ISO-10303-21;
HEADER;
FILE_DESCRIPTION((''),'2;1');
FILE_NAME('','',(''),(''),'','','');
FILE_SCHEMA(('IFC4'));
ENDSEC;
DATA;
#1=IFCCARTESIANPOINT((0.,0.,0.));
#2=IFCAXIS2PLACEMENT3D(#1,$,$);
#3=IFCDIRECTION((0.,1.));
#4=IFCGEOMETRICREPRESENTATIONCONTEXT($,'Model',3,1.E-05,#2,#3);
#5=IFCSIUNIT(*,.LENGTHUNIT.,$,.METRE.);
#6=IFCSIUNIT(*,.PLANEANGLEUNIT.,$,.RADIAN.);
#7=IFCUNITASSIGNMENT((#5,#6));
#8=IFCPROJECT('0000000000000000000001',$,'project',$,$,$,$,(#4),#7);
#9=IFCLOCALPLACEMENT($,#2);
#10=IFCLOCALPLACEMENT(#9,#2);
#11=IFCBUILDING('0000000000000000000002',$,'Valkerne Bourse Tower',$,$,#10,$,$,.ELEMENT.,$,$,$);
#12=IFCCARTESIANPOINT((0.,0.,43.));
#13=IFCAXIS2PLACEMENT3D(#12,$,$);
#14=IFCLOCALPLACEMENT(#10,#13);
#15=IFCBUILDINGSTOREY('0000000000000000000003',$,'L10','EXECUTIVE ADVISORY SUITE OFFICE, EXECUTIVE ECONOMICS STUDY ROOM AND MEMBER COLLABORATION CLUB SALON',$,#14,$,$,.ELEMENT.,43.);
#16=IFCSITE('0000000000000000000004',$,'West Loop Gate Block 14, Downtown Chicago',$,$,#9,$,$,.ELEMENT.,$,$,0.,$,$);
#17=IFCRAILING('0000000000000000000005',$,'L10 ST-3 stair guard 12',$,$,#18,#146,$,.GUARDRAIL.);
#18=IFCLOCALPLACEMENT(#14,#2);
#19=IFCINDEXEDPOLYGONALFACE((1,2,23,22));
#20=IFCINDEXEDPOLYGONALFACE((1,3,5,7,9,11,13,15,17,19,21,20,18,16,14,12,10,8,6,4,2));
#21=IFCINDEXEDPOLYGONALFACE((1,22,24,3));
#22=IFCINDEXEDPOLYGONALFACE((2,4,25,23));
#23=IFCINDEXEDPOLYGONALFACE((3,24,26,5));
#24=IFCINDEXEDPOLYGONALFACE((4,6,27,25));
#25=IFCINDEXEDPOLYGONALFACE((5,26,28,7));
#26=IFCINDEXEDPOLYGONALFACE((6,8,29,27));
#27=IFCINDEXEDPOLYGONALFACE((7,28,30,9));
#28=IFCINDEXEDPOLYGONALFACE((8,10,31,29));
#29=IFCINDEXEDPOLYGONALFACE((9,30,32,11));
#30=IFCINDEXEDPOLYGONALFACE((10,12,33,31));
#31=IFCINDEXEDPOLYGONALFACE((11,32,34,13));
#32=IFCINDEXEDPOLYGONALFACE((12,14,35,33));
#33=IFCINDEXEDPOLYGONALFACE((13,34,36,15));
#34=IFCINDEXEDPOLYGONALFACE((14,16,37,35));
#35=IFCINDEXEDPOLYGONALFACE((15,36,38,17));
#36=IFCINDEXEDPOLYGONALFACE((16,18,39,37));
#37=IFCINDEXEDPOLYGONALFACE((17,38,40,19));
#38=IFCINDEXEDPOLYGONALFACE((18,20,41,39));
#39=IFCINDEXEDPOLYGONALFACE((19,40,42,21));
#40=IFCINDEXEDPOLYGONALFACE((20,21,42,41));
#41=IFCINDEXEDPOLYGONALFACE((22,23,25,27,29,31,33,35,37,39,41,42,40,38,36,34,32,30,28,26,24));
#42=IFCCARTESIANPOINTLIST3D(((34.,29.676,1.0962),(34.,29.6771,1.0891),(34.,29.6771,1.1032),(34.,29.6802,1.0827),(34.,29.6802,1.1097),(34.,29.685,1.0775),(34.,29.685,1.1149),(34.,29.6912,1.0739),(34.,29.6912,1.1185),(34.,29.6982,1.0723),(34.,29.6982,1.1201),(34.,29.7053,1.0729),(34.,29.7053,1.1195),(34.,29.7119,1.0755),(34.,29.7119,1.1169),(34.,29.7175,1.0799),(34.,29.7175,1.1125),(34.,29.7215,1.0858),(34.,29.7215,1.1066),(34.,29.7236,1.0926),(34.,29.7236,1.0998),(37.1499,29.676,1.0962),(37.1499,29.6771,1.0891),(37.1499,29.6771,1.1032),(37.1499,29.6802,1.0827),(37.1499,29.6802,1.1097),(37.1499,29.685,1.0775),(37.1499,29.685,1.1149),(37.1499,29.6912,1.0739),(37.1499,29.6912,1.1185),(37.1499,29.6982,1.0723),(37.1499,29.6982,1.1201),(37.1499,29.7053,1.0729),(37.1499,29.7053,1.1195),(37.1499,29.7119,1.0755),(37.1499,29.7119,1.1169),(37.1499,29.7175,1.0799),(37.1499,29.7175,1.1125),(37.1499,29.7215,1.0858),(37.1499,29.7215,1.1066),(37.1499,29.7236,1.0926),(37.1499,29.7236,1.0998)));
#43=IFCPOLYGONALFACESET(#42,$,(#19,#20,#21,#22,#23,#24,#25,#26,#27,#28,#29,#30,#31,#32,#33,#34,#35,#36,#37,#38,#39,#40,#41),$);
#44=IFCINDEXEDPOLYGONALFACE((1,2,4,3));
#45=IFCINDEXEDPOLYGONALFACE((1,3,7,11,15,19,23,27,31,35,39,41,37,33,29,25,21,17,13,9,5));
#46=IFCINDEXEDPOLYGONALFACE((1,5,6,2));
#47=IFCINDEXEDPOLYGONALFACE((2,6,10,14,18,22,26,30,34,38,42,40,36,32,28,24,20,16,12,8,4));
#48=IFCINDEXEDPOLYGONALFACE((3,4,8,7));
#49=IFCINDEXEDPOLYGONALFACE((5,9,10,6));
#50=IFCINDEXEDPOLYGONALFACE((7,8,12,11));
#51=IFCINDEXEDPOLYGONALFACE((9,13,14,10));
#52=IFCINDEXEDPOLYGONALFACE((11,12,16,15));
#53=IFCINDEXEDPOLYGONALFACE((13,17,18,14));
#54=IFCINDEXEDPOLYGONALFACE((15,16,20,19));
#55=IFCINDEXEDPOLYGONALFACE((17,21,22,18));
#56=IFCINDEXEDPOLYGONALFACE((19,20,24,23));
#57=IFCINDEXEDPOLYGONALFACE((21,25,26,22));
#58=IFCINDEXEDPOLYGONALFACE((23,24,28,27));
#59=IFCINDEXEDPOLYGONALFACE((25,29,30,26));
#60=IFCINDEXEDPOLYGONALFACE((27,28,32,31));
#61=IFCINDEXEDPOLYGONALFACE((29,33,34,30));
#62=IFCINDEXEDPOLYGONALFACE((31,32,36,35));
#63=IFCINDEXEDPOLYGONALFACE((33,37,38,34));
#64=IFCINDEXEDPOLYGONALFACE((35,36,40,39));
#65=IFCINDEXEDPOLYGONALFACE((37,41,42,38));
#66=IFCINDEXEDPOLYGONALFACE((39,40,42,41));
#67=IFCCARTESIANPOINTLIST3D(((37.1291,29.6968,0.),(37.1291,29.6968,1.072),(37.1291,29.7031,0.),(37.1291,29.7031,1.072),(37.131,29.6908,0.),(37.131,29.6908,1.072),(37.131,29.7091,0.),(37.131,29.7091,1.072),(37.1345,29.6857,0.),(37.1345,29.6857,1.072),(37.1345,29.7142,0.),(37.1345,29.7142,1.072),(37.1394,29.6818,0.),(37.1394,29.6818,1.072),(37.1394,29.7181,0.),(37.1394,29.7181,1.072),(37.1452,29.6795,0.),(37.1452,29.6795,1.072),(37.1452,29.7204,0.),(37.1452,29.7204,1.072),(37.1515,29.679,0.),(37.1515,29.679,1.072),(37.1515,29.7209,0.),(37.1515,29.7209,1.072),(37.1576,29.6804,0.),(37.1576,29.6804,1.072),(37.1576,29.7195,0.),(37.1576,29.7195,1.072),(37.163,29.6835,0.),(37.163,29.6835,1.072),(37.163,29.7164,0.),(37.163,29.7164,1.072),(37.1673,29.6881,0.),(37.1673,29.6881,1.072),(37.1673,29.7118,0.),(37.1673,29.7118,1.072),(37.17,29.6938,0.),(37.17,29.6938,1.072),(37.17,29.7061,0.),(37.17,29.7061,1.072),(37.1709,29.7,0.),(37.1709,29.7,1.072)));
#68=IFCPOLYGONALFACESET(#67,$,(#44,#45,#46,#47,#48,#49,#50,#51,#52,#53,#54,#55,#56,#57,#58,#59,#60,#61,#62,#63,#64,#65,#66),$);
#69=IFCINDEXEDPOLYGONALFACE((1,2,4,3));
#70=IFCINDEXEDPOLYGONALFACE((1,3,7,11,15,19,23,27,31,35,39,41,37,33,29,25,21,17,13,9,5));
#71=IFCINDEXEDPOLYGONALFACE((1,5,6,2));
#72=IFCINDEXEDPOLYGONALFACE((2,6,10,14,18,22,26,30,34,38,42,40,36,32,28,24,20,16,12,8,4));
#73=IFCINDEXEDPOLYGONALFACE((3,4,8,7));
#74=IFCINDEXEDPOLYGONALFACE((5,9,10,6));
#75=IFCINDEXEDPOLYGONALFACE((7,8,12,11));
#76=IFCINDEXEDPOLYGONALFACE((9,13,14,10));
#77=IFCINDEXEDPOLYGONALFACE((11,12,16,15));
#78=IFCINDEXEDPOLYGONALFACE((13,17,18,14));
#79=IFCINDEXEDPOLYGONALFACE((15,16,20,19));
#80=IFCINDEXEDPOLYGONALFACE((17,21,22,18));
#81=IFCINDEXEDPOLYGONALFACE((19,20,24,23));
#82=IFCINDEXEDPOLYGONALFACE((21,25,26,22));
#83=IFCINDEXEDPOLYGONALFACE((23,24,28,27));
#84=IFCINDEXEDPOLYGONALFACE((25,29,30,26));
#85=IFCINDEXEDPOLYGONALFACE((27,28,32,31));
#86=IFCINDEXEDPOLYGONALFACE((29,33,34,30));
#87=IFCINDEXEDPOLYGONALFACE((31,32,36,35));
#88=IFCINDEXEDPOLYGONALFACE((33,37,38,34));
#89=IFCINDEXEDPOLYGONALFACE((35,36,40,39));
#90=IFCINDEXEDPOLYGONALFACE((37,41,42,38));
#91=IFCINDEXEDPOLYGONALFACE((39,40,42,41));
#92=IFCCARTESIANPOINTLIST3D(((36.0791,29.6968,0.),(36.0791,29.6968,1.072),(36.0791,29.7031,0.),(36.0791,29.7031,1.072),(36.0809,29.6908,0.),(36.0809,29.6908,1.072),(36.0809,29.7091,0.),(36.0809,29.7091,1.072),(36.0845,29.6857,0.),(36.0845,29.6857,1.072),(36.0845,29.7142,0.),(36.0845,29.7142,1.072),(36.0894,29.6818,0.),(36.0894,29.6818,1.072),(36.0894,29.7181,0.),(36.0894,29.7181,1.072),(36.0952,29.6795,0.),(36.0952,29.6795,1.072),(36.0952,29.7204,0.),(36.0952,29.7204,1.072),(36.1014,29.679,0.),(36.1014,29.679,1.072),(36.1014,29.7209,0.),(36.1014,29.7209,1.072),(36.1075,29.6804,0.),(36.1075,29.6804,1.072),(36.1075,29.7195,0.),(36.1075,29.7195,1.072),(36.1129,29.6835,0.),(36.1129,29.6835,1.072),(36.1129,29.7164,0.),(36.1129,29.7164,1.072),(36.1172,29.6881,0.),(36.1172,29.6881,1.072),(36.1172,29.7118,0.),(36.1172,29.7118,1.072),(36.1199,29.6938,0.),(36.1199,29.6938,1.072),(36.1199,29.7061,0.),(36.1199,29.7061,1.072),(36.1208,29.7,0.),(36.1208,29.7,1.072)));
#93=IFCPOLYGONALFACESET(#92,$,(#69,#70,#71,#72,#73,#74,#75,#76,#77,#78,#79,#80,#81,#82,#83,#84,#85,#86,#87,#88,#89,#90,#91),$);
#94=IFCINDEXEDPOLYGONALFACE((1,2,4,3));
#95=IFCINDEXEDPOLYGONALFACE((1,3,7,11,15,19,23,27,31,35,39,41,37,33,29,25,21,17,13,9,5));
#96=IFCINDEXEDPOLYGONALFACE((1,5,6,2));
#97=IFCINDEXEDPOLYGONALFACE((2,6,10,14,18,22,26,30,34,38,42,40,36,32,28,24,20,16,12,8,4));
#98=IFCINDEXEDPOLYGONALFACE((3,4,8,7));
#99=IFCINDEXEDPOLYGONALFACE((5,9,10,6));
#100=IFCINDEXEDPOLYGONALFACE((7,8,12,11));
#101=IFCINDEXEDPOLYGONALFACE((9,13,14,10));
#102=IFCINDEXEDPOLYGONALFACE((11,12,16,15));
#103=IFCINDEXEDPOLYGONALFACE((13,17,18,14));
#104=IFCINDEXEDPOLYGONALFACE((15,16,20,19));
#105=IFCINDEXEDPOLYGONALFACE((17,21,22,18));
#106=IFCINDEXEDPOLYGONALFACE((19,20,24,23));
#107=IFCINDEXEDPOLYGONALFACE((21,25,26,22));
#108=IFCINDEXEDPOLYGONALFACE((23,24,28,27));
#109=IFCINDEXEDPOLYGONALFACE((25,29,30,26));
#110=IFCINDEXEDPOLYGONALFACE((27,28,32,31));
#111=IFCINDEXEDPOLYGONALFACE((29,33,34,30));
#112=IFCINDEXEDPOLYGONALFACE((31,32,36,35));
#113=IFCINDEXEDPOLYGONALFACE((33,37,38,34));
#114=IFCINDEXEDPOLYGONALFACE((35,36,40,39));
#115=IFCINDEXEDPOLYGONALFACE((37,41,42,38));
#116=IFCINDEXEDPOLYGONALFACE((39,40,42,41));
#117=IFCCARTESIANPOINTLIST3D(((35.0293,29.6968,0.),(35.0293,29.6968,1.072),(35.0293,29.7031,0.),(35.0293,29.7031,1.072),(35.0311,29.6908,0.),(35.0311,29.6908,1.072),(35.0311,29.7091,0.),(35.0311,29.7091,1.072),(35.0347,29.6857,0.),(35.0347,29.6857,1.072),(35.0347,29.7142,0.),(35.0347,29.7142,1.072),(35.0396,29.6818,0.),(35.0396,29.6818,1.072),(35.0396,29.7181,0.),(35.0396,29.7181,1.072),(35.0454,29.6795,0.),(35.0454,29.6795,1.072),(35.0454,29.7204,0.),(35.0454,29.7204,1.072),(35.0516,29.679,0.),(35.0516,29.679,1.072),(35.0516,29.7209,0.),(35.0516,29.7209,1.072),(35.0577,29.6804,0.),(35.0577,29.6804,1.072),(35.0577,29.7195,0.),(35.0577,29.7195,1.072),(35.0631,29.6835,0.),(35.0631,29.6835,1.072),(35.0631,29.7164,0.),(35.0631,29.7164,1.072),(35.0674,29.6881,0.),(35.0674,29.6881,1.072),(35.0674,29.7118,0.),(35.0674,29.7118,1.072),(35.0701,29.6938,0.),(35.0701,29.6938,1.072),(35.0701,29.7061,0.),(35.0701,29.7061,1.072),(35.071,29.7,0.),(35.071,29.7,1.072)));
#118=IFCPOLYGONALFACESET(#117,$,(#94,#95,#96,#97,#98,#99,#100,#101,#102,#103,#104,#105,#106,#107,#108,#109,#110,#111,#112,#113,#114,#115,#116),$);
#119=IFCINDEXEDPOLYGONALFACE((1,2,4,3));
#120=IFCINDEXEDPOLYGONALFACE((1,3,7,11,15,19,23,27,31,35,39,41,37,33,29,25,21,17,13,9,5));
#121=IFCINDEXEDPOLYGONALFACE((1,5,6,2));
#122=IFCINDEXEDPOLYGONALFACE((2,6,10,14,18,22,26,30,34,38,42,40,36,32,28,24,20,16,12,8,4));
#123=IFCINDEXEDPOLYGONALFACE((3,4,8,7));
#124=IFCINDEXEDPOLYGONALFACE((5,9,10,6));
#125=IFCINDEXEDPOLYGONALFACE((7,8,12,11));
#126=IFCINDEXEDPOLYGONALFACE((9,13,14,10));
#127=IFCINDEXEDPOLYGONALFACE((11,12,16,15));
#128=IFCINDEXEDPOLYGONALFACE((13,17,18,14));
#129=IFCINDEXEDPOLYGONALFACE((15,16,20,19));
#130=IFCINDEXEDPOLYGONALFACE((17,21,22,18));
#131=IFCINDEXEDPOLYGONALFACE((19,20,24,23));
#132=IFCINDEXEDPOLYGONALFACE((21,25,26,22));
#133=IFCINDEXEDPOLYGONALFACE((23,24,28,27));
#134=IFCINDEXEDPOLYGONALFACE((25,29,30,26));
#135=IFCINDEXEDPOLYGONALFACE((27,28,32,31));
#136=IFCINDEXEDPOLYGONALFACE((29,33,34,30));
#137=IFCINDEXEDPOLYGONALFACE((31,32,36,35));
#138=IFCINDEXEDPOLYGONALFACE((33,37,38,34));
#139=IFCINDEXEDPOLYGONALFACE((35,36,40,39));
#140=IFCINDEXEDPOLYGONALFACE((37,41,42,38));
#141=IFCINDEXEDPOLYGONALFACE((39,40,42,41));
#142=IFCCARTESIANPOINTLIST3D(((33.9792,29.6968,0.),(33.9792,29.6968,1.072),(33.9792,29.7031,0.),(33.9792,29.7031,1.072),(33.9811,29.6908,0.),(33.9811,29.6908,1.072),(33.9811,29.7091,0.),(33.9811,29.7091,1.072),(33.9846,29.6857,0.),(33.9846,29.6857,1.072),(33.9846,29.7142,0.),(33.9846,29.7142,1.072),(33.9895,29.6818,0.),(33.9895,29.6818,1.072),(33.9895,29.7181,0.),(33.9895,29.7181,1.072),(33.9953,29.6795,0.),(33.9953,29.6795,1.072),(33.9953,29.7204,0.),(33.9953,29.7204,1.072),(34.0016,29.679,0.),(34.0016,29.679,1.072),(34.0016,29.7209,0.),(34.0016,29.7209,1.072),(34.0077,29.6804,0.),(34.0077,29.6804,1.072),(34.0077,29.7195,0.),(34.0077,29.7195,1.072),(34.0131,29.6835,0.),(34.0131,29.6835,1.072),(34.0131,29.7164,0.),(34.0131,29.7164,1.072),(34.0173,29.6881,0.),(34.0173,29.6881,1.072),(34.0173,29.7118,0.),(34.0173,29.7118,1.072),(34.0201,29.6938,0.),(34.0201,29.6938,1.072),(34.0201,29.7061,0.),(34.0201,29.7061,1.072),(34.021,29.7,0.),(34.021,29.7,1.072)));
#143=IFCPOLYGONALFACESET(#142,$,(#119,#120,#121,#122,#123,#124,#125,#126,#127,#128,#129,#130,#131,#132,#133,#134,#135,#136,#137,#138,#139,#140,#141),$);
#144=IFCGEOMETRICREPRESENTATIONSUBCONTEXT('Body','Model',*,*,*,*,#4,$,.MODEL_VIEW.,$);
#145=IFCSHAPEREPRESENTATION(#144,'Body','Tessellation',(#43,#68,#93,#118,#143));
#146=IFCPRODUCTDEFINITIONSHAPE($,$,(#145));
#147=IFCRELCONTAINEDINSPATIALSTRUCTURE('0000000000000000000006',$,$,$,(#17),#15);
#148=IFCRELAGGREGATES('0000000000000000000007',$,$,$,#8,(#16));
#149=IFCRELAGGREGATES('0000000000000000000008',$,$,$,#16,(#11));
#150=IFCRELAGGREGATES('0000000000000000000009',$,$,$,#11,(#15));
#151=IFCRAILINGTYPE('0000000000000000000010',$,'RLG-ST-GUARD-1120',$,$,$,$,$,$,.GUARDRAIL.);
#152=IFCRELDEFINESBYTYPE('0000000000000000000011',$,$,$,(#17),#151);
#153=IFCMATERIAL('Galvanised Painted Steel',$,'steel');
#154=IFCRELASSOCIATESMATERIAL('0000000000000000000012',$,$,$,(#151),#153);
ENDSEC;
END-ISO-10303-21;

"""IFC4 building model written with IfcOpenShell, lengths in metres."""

from ifc_helpers import new_model, si_unit, direction, frame, origin, origin_2d, place, context, subcontext, project, spatial, circle, extrude, material, type_object, element, save


model = new_model("IFC4")

# Units and contexts
model_context = context("Model", 3, precision=1e-05, world=origin(), true_north=direction((0.0, 1.0)))
body_context = subcontext(model_context, "Body", "Model", "MODEL_VIEW")
ifc_project = project(units=[si_unit("LENGTHUNIT", "METRE"), si_unit("PLANEANGLEUNIT", "RADIAN")], contexts=[model_context])

# Site, building, storey
site_placement = place(None, origin())
site = spatial("IfcSite", under=ifc_project, at=site_placement, Name="West Loop Gate Block 14, Downtown Chicago", CompositionType="ELEMENT", RefElevation=0.0)
building_placement = place(site_placement, origin())
building = spatial("IfcBuilding", under=site, at=building_placement, Name="Valkerne Bourse Tower", CompositionType="ELEMENT")
storey_placement = place(building_placement, frame((0.0, 0.0, 43.0)))
storey = spatial("IfcBuildingStorey", under=building, at=storey_placement, Name="L10", Description="EXECUTIVE ADVISORY SUITE OFFICE, EXECUTIVE ECONOMICS STUDY ROOM AND MEMBER COLLABORATION CLUB SALON", CompositionType="ELEMENT", Elevation=43.0)

# Shared definitions
ifc_material_1 = material(Name="Galvanised Painted Steel", Category="steel")

# Railing
railing_type_1 = type_object("IfcRailingType", Name="RLG-ST-GUARD-1120", PredefinedType="GUARDRAIL", material=ifc_material_1)
railing_1_placement = place(storey_placement, frame((37.1499, 29.7, 0.0)))
element("IfcRailing", 1, at=railing_1_placement, inside=storey, type_object=railing_type_1, Name="L10 ST-3 stair guard 12", PredefinedType="GUARDRAIL", context=body_context, shape_type="SweptSolid", body=[
    extrude(circle(Radius=0.0239, at=origin_2d()), frame((0.0, 0.0, 1.0962), z_axis=(-1.0, 0.0, 0.0), x_axis=(0.0, -1.0, 0.0)), (0.0, 0.0, 1.0), 3.1499),
    extrude(circle(Radius=0.021, at=origin_2d()), origin(), (0.0, 0.0, 1.0), 1.072),
    extrude(circle(Radius=0.021, at=origin_2d()), frame((-1.05, 0.0, 0.0)), (0.0, 0.0, 1.0), 1.072),
    extrude(circle(Radius=0.021, at=origin_2d()), frame((-2.0999, 0.0, 0.0)), (0.0, 0.0, 1.0), 1.072),
    extrude(circle(Radius=0.021, at=origin_2d()), frame((-3.1499, 0.0, 0.0)), (0.0, 0.0, 1.0), 1.072),
])

save(model, "model.ifc")
